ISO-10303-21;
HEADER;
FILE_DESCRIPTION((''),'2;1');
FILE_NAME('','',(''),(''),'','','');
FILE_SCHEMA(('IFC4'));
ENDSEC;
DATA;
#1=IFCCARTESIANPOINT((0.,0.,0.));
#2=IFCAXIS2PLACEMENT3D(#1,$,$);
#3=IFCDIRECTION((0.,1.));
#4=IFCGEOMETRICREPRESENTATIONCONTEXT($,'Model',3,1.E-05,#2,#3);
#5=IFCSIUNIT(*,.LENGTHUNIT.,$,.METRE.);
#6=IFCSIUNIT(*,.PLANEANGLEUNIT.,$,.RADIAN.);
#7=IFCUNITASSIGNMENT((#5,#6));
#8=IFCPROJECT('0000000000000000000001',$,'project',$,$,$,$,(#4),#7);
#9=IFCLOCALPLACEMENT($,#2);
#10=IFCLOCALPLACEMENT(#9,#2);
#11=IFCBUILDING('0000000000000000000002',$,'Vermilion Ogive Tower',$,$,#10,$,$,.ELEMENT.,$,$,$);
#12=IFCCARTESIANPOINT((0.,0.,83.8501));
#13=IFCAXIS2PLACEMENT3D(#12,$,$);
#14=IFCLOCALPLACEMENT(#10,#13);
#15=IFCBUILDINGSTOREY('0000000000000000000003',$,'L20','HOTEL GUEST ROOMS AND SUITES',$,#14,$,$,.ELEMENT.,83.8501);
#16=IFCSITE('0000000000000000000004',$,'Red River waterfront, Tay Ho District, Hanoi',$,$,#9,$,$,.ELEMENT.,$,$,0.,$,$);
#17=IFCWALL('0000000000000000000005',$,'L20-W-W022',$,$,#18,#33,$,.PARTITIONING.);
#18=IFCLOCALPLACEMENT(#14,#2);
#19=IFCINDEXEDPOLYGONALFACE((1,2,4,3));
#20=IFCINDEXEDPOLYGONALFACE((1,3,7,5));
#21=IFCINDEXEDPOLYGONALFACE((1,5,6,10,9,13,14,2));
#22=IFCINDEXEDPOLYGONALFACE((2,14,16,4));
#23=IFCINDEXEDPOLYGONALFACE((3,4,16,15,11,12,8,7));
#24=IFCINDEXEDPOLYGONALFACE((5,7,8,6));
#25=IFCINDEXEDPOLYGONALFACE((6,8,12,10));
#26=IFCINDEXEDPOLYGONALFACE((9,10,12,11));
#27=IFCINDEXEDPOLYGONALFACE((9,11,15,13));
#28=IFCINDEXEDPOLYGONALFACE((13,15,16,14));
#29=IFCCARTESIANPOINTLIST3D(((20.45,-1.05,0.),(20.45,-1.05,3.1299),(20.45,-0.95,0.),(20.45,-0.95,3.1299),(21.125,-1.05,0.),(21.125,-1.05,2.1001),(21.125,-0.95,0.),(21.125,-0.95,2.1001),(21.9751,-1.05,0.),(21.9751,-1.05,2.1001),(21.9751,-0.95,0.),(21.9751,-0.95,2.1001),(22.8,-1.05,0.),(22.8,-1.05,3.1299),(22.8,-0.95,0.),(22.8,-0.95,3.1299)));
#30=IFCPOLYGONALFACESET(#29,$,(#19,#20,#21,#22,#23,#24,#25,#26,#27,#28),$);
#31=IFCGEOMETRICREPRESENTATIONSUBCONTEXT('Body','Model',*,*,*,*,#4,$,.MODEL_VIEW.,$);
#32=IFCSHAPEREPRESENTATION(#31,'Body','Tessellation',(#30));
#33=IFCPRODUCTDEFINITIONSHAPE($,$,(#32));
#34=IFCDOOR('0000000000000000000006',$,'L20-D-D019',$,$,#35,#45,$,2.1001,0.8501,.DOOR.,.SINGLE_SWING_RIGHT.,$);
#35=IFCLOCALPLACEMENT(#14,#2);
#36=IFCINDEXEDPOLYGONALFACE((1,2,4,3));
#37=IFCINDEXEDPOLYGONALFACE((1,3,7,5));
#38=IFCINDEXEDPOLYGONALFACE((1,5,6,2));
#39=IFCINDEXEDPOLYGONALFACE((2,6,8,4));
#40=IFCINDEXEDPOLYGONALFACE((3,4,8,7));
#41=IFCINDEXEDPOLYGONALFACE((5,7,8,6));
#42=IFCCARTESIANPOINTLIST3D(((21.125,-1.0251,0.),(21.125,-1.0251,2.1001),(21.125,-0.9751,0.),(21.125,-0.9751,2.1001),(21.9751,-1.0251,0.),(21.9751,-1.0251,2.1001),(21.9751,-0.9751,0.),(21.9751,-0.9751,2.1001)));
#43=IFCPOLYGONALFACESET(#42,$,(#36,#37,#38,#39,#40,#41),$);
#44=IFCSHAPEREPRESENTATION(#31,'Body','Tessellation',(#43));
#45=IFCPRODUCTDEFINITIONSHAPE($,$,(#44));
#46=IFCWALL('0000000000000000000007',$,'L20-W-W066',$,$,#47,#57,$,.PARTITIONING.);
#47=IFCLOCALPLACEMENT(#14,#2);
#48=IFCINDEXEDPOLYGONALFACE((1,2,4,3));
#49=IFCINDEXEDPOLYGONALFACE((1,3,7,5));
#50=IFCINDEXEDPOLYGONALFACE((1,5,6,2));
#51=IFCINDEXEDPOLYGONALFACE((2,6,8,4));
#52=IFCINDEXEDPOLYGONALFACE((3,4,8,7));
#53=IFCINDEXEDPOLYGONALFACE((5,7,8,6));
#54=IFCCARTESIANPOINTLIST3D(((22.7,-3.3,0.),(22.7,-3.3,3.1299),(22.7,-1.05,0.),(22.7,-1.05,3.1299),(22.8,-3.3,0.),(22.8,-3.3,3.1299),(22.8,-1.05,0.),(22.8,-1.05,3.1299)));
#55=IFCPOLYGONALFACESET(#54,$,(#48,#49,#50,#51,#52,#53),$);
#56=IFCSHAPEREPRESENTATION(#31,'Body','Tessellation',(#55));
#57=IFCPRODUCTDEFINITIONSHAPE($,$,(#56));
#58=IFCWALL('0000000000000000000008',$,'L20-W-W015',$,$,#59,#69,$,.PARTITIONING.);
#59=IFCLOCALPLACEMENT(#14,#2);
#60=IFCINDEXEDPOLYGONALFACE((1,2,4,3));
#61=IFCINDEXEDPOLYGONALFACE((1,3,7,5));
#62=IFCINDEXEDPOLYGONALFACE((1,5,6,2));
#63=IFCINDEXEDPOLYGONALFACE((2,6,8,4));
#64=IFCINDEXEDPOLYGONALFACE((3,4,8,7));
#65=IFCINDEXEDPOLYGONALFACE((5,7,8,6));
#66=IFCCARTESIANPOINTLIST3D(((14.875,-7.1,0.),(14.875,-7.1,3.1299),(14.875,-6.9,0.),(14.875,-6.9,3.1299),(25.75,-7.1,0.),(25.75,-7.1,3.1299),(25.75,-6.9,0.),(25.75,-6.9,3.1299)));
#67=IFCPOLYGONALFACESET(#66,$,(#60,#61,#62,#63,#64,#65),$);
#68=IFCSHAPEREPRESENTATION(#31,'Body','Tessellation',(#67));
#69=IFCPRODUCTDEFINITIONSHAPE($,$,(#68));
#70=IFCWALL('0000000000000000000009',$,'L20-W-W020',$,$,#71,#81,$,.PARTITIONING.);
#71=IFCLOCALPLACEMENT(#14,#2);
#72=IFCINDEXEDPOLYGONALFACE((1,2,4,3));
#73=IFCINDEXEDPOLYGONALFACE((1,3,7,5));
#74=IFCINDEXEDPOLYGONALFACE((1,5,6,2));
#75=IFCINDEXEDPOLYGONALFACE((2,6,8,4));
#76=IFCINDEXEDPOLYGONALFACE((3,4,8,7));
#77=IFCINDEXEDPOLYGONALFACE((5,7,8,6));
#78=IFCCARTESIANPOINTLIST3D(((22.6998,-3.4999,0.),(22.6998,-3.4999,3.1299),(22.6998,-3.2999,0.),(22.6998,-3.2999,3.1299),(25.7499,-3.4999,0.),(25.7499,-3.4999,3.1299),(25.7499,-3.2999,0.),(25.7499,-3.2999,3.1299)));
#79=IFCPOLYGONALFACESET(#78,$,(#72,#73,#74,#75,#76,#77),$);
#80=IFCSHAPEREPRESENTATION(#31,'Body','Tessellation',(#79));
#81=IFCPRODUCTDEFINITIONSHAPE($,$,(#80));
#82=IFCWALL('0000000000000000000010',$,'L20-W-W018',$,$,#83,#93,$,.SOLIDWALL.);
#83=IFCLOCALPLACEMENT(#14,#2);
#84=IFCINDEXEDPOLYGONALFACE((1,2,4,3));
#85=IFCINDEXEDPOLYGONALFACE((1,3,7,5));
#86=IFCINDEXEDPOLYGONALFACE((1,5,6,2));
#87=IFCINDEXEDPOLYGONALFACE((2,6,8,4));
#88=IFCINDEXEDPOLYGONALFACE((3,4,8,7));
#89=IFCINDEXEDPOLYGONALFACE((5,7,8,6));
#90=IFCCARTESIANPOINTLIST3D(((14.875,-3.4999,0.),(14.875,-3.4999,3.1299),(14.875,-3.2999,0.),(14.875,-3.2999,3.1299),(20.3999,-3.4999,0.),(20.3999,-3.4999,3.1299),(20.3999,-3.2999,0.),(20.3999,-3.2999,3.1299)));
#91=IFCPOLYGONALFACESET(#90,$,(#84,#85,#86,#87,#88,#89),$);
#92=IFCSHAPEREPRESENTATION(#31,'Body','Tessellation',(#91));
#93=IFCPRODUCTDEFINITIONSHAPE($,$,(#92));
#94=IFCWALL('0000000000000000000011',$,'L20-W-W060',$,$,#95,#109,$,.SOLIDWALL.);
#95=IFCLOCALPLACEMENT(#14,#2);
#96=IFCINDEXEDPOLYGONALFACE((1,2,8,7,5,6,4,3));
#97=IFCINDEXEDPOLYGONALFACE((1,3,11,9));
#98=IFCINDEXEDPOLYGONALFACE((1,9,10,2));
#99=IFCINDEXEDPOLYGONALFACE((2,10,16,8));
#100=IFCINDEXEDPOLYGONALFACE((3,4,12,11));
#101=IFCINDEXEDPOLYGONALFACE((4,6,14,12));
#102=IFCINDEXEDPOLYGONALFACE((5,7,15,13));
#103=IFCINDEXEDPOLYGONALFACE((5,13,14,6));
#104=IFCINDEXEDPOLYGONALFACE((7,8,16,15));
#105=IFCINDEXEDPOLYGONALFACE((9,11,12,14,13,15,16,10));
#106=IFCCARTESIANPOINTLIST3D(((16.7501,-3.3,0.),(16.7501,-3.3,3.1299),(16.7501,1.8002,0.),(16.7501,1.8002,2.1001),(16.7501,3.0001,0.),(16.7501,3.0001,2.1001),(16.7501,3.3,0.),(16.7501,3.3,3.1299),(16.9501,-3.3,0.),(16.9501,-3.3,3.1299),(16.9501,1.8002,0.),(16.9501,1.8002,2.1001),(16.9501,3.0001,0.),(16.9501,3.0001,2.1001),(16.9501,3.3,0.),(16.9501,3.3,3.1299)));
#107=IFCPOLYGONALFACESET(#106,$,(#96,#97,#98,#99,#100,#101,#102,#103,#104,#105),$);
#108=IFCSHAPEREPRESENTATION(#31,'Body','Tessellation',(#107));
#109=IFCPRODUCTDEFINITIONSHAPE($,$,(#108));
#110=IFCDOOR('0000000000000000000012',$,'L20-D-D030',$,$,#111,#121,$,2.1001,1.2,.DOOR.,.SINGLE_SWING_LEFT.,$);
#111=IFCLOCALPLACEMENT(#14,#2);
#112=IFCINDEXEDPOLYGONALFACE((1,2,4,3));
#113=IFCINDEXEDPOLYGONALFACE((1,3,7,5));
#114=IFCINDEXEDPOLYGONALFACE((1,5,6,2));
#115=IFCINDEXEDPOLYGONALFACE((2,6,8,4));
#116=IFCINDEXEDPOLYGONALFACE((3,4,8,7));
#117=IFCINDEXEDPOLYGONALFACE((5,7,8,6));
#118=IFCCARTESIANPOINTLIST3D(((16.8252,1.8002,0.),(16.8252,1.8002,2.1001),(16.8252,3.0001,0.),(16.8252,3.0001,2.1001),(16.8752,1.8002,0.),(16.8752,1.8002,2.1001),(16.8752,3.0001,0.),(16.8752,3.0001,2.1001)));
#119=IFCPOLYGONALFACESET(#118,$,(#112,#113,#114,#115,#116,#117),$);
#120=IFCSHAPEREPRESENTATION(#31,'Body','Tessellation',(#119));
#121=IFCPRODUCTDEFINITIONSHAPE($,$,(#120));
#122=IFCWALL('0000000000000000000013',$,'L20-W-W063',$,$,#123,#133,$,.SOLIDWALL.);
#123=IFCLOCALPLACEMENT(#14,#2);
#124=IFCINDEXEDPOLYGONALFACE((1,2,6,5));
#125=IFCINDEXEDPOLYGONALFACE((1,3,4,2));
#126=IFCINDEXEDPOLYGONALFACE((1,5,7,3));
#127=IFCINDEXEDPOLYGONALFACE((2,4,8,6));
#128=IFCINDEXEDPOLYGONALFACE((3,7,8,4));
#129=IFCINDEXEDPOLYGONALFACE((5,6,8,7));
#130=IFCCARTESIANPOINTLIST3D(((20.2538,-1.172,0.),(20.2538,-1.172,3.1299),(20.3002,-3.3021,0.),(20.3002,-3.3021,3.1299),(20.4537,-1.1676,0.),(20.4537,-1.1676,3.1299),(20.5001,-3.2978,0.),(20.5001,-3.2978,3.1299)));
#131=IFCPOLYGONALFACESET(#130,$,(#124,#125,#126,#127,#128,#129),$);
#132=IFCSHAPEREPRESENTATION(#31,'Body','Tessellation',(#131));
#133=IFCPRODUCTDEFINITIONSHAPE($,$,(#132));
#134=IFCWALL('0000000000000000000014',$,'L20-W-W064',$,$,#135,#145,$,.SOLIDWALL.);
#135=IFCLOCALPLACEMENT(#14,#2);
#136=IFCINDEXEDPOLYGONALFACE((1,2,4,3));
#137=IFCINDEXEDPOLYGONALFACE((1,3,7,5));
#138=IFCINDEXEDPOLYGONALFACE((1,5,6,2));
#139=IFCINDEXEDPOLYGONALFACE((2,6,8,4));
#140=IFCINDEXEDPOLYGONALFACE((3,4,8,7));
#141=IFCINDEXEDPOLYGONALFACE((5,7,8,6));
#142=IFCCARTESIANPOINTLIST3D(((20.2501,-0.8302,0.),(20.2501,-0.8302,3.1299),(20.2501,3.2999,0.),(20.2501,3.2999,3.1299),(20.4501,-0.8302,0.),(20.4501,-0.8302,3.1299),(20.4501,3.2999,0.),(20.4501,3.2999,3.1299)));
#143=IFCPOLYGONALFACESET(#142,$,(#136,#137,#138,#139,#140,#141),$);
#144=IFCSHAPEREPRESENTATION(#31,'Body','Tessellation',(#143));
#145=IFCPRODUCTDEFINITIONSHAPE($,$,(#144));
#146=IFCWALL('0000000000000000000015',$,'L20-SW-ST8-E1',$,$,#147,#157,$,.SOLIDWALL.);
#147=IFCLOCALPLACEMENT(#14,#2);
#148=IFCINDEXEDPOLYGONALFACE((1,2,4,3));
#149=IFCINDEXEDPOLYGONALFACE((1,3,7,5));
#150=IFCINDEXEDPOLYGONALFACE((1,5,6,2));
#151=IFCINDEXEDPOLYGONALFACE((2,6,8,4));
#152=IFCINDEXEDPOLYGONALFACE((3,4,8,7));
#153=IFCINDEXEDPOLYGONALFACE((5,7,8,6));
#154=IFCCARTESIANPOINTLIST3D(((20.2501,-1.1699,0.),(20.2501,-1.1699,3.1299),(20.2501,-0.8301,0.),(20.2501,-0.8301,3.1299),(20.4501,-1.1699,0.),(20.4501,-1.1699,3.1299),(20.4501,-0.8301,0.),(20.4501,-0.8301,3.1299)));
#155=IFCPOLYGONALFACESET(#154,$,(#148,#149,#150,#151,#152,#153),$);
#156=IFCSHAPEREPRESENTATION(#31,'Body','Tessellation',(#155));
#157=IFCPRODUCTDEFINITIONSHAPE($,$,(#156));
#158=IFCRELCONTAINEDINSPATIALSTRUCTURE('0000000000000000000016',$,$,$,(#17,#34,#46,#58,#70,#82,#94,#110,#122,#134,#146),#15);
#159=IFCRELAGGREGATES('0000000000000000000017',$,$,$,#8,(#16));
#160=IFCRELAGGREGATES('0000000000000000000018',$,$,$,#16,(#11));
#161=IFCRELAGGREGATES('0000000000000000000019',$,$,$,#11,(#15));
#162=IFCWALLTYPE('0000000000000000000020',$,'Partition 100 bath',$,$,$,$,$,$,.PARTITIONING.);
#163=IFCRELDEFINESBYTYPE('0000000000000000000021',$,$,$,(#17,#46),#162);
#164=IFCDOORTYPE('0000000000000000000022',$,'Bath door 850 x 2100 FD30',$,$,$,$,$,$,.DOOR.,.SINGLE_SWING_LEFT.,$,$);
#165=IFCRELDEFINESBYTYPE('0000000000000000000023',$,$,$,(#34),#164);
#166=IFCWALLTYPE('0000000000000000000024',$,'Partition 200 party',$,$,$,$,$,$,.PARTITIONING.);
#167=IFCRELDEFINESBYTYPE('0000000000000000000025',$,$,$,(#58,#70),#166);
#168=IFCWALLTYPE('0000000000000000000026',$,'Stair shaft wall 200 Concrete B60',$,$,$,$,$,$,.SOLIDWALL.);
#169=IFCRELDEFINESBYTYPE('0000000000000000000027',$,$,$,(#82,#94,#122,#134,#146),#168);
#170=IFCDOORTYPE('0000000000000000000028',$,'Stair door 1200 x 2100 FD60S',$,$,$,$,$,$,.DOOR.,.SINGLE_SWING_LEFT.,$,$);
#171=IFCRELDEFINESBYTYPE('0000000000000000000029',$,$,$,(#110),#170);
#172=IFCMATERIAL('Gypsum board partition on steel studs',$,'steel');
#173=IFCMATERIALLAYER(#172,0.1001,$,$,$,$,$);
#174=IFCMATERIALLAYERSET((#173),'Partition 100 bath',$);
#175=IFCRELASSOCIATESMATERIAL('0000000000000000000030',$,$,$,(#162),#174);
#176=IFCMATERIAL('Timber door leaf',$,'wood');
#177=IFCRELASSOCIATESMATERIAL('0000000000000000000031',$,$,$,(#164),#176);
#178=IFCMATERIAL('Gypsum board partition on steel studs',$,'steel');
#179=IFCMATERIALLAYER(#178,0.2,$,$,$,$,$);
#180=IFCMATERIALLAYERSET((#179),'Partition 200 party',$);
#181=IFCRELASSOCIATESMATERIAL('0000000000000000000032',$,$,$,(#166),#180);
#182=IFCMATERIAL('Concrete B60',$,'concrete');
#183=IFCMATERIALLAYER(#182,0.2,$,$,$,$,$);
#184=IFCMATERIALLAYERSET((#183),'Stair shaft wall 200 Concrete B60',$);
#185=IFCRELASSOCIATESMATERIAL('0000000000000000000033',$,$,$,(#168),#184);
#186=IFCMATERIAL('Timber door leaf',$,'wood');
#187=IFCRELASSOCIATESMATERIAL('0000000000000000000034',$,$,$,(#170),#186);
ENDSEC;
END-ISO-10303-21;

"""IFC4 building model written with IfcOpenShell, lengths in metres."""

from ifc_helpers import new_model, si_unit, direction, frame, frame_2d, origin, place, context, subcontext, project, spatial, rectangle, extrude, material, layer, layer_set, type_object, element, fill, save


model = new_model("IFC4")

# Units and contexts
model_context = context("Model", 3, precision=1e-05, world=origin(), true_north=direction((0.0, 1.0)))
body_context = subcontext(model_context, "Body", "Model", "MODEL_VIEW")
ifc_project = project(units=[si_unit("LENGTHUNIT", "METRE"), si_unit("PLANEANGLEUNIT", "RADIAN")], contexts=[model_context])

# Site, building, storey
site_placement = place(None, origin())
site = spatial("IfcSite", under=ifc_project, at=site_placement, Name="Red River waterfront, Tay Ho District, Hanoi", CompositionType="ELEMENT", RefElevation=0.0)
building_placement = place(site_placement, origin())
building = spatial("IfcBuilding", under=site, at=building_placement, Name="Vermilion Ogive Tower", CompositionType="ELEMENT")
storey_placement = place(building_placement, frame((0.0, 0.0, 83.8501)))
storey = spatial("IfcBuildingStorey", under=building, at=storey_placement, Name="L20", Description="HOTEL GUEST ROOMS AND SUITES", CompositionType="ELEMENT", Elevation=83.8501)

# Shared definitions
ifc_material_1 = material(Name="Gypsum board partition on steel studs", Category="steel")
ifc_layer_1 = layer(ifc_material_1, 0.1001)
ifc_layer_set_1 = layer_set([ifc_layer_1], Name="Partition 100 bath")
wall_type_1 = type_object("IfcWallType", Name="Partition 100 bath", PredefinedType="PARTITIONING", material=ifc_layer_set_1)

# Wall, opening, door
wall_1_placement = place(storey_placement, frame((20.45, -1.0, 0.0), z_axis=(0.0, 0.0, 1.0), x_axis=(1.0, 0.0, 0.0)))
wall_1 = element("IfcWall", 1, at=wall_1_placement, inside=storey, type_object=wall_type_1, Name="L20-W-W022", PredefinedType="PARTITIONING", context=body_context, shape_type="SweptSolid", body=[
    extrude(rectangle(XDim=2.3501, YDim=0.1001, at=frame_2d((1.175, 0.0))), origin(), (0.0, 0.0, 1.0), 3.1299),
])
opening_1_placement = place(wall_1_placement, frame((0.675, 0.0, 0.0)))
opening_1 = element("IfcOpeningElement", 2, at=opening_1_placement, cuts=wall_1, PredefinedType="OPENING", context=body_context, shape_type="SweptSolid", body=[
    extrude(rectangle(XDim=0.8501, YDim=2.1001, at=frame_2d((0.425, 1.05))), frame((0.0, 0.0601, 0.0), z_axis=(0.0, -1.0, 0.0), x_axis=(1.0, 0.0, 0.0)), (0.0, 0.0, 1.0), 0.1201),
])
ifc_material_2 = material(Name="Timber door leaf", Category="wood")
door_type_1 = type_object("IfcDoorType", Name="Bath door 850 x 2100 FD30", OperationType="SINGLE_SWING_LEFT", PredefinedType="DOOR", material=ifc_material_2)
door_1_placement = place(opening_1_placement, origin())
door_1 = element("IfcDoor", 3, at=door_1_placement, inside=storey, type_object=door_type_1, Name="L20-D-D019", OperationType="SINGLE_SWING_RIGHT", OverallHeight=2.1001, OverallWidth=0.8501, PredefinedType="DOOR", context=body_context, shape_type="SweptSolid", body=[
    extrude(rectangle(XDim=0.8501, YDim=2.1001, at=frame_2d((0.425, 1.05))), frame((0.0, 0.0249, 0.0), z_axis=(0.0, -1.0, 0.0), x_axis=(1.0, 0.0, 0.0)), (0.0, 0.0, 1.0), 0.05),
])
fill(opening_1, door_1)

# Walls
wall_2_placement = place(storey_placement, frame((22.75, -3.3, 0.0), z_axis=(0.0, 0.0, 1.0), x_axis=(0.0, 1.0, 0.0)))
element("IfcWall", 4, at=wall_2_placement, inside=storey, type_object=wall_type_1, Name="L20-W-W066", PredefinedType="PARTITIONING", context=body_context, shape_type="SweptSolid", body=[
    extrude(rectangle(XDim=2.25, YDim=0.1001, at=frame_2d((1.125, 0.0))), origin(), (0.0, 0.0, 1.0), 3.1299),
])
ifc_material_3 = material(Name="Gypsum board partition on steel studs", Category="steel")
ifc_layer_2 = layer(ifc_material_3, 0.2)
ifc_layer_set_2 = layer_set([ifc_layer_2], Name="Partition 200 party")
wall_type_2 = type_object("IfcWallType", Name="Partition 200 party", PredefinedType="PARTITIONING", material=ifc_layer_set_2)
wall_3_placement = place(storey_placement, frame((14.875, -7.0, 0.0), z_axis=(0.0, 0.0, 1.0), x_axis=(1.0, 0.0, 0.0)))
element("IfcWall", 5, at=wall_3_placement, inside=storey, type_object=wall_type_2, Name="L20-W-W015", PredefinedType="PARTITIONING", context=body_context, shape_type="SweptSolid", body=[
    extrude(rectangle(XDim=10.875, YDim=0.2, at=frame_2d((5.4375, 0.0))), origin(), (0.0, 0.0, 1.0), 3.1299),
])
wall_4_placement = place(storey_placement, frame((22.7, -3.3999, 0.0), z_axis=(0.0, 0.0, 1.0), x_axis=(1.0, 0.0, 0.0)))
element("IfcWall", 6, at=wall_4_placement, inside=storey, type_object=wall_type_2, Name="L20-W-W020", PredefinedType="PARTITIONING", context=body_context, shape_type="SweptSolid", body=[
    extrude(rectangle(XDim=3.05, YDim=0.2, at=frame_2d((1.5249, 0.0))), origin(), (0.0, 0.0, 1.0), 3.1299),
])
ifc_material_4 = material(Name="Concrete B60", Category="concrete")
ifc_layer_3 = layer(ifc_material_4, 0.2)
ifc_layer_set_3 = layer_set([ifc_layer_3], Name="Stair shaft wall 200 Concrete B60")
wall_type_3 = type_object("IfcWallType", Name="Stair shaft wall 200 Concrete B60", PredefinedType="SOLIDWALL", material=ifc_layer_set_3)
wall_5_placement = place(storey_placement, frame((14.875, -3.3999, 0.0), z_axis=(0.0, 0.0, 1.0), x_axis=(1.0, 0.0, 0.0)))
element("IfcWall", 7, at=wall_5_placement, inside=storey, type_object=wall_type_3, Name="L20-W-W018", PredefinedType="SOLIDWALL", context=body_context, shape_type="SweptSolid", body=[
    extrude(rectangle(XDim=5.5249, YDim=0.2, at=frame_2d((2.7625, 0.0))), origin(), (0.0, 0.0, 1.0), 3.1299),
])

# Wall, opening, door
wall_6_placement = place(storey_placement, frame((16.8501, -3.3, 0.0), z_axis=(0.0, 0.0, 1.0), x_axis=(0.0, 1.0, 0.0)))
wall_6 = element("IfcWall", 8, at=wall_6_placement, inside=storey, type_object=wall_type_3, Name="L20-W-W060", PredefinedType="SOLIDWALL", context=body_context, shape_type="SweptSolid", body=[
    extrude(rectangle(XDim=6.6001, YDim=0.2, at=frame_2d((3.3, 0.0))), origin(), (0.0, 0.0, 1.0), 3.1299),
])
opening_2_placement = place(wall_6_placement, frame((5.1001, 0.0, 0.0)))
opening_2 = element("IfcOpeningElement", 9, at=opening_2_placement, cuts=wall_6, PredefinedType="OPENING", context=body_context, shape_type="SweptSolid", body=[
    extrude(rectangle(XDim=1.2, YDim=2.1001, at=frame_2d((0.6001, 1.05))), frame((0.0, 0.1099, 0.0), z_axis=(0.0, -1.0, 0.0), x_axis=(1.0, 0.0, 0.0)), (0.0, 0.0, 1.0), 0.22),
])
ifc_material_5 = material(Name="Timber door leaf", Category="wood")
door_type_2 = type_object("IfcDoorType", Name="Stair door 1200 x 2100 FD60S", OperationType="SINGLE_SWING_LEFT", PredefinedType="DOOR", material=ifc_material_5)
door_2_placement = place(opening_2_placement, origin())
door_2 = element("IfcDoor", 10, at=door_2_placement, inside=storey, type_object=door_type_2, Name="L20-D-D030", OperationType="SINGLE_SWING_LEFT", OverallHeight=2.1001, OverallWidth=1.2, PredefinedType="DOOR", context=body_context, shape_type="SweptSolid", body=[
    extrude(rectangle(XDim=1.2, YDim=2.1001, at=frame_2d((0.6001, 1.05))), frame((0.0, 0.0249, 0.0), z_axis=(0.0, -1.0, 0.0), x_axis=(1.0, 0.0, 0.0)), (0.0, 0.0, 1.0), 0.05),
])
fill(opening_2, door_2)

# Walls
wall_7_placement = place(storey_placement, frame((20.4001, -3.3, 0.0), z_axis=(0.0, 0.0, 1.0), x_axis=(-0.021771, 0.999763, 0.0)))
element("IfcWall", 11, at=wall_7_placement, inside=storey, type_object=wall_type_3, Name="L20-W-W063", PredefinedType="SOLIDWALL", context=body_context, shape_type="SweptSolid", body=[
    extrude(rectangle(XDim=2.1306, YDim=0.2, at=frame_2d((1.0654, 0.0))), origin(), (0.0, 0.0, 1.0), 3.1299),
])
wall_8_placement = place(storey_placement, frame((20.3501, -0.8301, 0.0), z_axis=(0.0, 0.0, 1.0), x_axis=(0.0, 1.0, 0.0)))
element("IfcWall", 12, at=wall_8_placement, inside=storey, type_object=wall_type_3, Name="L20-W-W064", PredefinedType="SOLIDWALL", context=body_context, shape_type="SweptSolid", body=[
    extrude(rectangle(XDim=4.1301, YDim=0.2, at=frame_2d((2.0649, 0.0))), origin(), (0.0, 0.0, 1.0), 3.1299),
])
wall_9_placement = place(storey_placement, frame((20.3501, -1.1699, 0.0), z_axis=(0.0, 0.0, 1.0), x_axis=(0.0, 1.0, 0.0)))
element("IfcWall", 13, at=wall_9_placement, inside=storey, type_object=wall_type_3, Name="L20-SW-ST8-E1", PredefinedType="SOLIDWALL", context=body_context, shape_type="SweptSolid", body=[
    extrude(rectangle(XDim=0.3398, YDim=0.2, at=frame_2d((0.1699, 0.0))), origin(), (0.0, 0.0, 1.0), 3.1299),
])

save(model, "model.ifc")
